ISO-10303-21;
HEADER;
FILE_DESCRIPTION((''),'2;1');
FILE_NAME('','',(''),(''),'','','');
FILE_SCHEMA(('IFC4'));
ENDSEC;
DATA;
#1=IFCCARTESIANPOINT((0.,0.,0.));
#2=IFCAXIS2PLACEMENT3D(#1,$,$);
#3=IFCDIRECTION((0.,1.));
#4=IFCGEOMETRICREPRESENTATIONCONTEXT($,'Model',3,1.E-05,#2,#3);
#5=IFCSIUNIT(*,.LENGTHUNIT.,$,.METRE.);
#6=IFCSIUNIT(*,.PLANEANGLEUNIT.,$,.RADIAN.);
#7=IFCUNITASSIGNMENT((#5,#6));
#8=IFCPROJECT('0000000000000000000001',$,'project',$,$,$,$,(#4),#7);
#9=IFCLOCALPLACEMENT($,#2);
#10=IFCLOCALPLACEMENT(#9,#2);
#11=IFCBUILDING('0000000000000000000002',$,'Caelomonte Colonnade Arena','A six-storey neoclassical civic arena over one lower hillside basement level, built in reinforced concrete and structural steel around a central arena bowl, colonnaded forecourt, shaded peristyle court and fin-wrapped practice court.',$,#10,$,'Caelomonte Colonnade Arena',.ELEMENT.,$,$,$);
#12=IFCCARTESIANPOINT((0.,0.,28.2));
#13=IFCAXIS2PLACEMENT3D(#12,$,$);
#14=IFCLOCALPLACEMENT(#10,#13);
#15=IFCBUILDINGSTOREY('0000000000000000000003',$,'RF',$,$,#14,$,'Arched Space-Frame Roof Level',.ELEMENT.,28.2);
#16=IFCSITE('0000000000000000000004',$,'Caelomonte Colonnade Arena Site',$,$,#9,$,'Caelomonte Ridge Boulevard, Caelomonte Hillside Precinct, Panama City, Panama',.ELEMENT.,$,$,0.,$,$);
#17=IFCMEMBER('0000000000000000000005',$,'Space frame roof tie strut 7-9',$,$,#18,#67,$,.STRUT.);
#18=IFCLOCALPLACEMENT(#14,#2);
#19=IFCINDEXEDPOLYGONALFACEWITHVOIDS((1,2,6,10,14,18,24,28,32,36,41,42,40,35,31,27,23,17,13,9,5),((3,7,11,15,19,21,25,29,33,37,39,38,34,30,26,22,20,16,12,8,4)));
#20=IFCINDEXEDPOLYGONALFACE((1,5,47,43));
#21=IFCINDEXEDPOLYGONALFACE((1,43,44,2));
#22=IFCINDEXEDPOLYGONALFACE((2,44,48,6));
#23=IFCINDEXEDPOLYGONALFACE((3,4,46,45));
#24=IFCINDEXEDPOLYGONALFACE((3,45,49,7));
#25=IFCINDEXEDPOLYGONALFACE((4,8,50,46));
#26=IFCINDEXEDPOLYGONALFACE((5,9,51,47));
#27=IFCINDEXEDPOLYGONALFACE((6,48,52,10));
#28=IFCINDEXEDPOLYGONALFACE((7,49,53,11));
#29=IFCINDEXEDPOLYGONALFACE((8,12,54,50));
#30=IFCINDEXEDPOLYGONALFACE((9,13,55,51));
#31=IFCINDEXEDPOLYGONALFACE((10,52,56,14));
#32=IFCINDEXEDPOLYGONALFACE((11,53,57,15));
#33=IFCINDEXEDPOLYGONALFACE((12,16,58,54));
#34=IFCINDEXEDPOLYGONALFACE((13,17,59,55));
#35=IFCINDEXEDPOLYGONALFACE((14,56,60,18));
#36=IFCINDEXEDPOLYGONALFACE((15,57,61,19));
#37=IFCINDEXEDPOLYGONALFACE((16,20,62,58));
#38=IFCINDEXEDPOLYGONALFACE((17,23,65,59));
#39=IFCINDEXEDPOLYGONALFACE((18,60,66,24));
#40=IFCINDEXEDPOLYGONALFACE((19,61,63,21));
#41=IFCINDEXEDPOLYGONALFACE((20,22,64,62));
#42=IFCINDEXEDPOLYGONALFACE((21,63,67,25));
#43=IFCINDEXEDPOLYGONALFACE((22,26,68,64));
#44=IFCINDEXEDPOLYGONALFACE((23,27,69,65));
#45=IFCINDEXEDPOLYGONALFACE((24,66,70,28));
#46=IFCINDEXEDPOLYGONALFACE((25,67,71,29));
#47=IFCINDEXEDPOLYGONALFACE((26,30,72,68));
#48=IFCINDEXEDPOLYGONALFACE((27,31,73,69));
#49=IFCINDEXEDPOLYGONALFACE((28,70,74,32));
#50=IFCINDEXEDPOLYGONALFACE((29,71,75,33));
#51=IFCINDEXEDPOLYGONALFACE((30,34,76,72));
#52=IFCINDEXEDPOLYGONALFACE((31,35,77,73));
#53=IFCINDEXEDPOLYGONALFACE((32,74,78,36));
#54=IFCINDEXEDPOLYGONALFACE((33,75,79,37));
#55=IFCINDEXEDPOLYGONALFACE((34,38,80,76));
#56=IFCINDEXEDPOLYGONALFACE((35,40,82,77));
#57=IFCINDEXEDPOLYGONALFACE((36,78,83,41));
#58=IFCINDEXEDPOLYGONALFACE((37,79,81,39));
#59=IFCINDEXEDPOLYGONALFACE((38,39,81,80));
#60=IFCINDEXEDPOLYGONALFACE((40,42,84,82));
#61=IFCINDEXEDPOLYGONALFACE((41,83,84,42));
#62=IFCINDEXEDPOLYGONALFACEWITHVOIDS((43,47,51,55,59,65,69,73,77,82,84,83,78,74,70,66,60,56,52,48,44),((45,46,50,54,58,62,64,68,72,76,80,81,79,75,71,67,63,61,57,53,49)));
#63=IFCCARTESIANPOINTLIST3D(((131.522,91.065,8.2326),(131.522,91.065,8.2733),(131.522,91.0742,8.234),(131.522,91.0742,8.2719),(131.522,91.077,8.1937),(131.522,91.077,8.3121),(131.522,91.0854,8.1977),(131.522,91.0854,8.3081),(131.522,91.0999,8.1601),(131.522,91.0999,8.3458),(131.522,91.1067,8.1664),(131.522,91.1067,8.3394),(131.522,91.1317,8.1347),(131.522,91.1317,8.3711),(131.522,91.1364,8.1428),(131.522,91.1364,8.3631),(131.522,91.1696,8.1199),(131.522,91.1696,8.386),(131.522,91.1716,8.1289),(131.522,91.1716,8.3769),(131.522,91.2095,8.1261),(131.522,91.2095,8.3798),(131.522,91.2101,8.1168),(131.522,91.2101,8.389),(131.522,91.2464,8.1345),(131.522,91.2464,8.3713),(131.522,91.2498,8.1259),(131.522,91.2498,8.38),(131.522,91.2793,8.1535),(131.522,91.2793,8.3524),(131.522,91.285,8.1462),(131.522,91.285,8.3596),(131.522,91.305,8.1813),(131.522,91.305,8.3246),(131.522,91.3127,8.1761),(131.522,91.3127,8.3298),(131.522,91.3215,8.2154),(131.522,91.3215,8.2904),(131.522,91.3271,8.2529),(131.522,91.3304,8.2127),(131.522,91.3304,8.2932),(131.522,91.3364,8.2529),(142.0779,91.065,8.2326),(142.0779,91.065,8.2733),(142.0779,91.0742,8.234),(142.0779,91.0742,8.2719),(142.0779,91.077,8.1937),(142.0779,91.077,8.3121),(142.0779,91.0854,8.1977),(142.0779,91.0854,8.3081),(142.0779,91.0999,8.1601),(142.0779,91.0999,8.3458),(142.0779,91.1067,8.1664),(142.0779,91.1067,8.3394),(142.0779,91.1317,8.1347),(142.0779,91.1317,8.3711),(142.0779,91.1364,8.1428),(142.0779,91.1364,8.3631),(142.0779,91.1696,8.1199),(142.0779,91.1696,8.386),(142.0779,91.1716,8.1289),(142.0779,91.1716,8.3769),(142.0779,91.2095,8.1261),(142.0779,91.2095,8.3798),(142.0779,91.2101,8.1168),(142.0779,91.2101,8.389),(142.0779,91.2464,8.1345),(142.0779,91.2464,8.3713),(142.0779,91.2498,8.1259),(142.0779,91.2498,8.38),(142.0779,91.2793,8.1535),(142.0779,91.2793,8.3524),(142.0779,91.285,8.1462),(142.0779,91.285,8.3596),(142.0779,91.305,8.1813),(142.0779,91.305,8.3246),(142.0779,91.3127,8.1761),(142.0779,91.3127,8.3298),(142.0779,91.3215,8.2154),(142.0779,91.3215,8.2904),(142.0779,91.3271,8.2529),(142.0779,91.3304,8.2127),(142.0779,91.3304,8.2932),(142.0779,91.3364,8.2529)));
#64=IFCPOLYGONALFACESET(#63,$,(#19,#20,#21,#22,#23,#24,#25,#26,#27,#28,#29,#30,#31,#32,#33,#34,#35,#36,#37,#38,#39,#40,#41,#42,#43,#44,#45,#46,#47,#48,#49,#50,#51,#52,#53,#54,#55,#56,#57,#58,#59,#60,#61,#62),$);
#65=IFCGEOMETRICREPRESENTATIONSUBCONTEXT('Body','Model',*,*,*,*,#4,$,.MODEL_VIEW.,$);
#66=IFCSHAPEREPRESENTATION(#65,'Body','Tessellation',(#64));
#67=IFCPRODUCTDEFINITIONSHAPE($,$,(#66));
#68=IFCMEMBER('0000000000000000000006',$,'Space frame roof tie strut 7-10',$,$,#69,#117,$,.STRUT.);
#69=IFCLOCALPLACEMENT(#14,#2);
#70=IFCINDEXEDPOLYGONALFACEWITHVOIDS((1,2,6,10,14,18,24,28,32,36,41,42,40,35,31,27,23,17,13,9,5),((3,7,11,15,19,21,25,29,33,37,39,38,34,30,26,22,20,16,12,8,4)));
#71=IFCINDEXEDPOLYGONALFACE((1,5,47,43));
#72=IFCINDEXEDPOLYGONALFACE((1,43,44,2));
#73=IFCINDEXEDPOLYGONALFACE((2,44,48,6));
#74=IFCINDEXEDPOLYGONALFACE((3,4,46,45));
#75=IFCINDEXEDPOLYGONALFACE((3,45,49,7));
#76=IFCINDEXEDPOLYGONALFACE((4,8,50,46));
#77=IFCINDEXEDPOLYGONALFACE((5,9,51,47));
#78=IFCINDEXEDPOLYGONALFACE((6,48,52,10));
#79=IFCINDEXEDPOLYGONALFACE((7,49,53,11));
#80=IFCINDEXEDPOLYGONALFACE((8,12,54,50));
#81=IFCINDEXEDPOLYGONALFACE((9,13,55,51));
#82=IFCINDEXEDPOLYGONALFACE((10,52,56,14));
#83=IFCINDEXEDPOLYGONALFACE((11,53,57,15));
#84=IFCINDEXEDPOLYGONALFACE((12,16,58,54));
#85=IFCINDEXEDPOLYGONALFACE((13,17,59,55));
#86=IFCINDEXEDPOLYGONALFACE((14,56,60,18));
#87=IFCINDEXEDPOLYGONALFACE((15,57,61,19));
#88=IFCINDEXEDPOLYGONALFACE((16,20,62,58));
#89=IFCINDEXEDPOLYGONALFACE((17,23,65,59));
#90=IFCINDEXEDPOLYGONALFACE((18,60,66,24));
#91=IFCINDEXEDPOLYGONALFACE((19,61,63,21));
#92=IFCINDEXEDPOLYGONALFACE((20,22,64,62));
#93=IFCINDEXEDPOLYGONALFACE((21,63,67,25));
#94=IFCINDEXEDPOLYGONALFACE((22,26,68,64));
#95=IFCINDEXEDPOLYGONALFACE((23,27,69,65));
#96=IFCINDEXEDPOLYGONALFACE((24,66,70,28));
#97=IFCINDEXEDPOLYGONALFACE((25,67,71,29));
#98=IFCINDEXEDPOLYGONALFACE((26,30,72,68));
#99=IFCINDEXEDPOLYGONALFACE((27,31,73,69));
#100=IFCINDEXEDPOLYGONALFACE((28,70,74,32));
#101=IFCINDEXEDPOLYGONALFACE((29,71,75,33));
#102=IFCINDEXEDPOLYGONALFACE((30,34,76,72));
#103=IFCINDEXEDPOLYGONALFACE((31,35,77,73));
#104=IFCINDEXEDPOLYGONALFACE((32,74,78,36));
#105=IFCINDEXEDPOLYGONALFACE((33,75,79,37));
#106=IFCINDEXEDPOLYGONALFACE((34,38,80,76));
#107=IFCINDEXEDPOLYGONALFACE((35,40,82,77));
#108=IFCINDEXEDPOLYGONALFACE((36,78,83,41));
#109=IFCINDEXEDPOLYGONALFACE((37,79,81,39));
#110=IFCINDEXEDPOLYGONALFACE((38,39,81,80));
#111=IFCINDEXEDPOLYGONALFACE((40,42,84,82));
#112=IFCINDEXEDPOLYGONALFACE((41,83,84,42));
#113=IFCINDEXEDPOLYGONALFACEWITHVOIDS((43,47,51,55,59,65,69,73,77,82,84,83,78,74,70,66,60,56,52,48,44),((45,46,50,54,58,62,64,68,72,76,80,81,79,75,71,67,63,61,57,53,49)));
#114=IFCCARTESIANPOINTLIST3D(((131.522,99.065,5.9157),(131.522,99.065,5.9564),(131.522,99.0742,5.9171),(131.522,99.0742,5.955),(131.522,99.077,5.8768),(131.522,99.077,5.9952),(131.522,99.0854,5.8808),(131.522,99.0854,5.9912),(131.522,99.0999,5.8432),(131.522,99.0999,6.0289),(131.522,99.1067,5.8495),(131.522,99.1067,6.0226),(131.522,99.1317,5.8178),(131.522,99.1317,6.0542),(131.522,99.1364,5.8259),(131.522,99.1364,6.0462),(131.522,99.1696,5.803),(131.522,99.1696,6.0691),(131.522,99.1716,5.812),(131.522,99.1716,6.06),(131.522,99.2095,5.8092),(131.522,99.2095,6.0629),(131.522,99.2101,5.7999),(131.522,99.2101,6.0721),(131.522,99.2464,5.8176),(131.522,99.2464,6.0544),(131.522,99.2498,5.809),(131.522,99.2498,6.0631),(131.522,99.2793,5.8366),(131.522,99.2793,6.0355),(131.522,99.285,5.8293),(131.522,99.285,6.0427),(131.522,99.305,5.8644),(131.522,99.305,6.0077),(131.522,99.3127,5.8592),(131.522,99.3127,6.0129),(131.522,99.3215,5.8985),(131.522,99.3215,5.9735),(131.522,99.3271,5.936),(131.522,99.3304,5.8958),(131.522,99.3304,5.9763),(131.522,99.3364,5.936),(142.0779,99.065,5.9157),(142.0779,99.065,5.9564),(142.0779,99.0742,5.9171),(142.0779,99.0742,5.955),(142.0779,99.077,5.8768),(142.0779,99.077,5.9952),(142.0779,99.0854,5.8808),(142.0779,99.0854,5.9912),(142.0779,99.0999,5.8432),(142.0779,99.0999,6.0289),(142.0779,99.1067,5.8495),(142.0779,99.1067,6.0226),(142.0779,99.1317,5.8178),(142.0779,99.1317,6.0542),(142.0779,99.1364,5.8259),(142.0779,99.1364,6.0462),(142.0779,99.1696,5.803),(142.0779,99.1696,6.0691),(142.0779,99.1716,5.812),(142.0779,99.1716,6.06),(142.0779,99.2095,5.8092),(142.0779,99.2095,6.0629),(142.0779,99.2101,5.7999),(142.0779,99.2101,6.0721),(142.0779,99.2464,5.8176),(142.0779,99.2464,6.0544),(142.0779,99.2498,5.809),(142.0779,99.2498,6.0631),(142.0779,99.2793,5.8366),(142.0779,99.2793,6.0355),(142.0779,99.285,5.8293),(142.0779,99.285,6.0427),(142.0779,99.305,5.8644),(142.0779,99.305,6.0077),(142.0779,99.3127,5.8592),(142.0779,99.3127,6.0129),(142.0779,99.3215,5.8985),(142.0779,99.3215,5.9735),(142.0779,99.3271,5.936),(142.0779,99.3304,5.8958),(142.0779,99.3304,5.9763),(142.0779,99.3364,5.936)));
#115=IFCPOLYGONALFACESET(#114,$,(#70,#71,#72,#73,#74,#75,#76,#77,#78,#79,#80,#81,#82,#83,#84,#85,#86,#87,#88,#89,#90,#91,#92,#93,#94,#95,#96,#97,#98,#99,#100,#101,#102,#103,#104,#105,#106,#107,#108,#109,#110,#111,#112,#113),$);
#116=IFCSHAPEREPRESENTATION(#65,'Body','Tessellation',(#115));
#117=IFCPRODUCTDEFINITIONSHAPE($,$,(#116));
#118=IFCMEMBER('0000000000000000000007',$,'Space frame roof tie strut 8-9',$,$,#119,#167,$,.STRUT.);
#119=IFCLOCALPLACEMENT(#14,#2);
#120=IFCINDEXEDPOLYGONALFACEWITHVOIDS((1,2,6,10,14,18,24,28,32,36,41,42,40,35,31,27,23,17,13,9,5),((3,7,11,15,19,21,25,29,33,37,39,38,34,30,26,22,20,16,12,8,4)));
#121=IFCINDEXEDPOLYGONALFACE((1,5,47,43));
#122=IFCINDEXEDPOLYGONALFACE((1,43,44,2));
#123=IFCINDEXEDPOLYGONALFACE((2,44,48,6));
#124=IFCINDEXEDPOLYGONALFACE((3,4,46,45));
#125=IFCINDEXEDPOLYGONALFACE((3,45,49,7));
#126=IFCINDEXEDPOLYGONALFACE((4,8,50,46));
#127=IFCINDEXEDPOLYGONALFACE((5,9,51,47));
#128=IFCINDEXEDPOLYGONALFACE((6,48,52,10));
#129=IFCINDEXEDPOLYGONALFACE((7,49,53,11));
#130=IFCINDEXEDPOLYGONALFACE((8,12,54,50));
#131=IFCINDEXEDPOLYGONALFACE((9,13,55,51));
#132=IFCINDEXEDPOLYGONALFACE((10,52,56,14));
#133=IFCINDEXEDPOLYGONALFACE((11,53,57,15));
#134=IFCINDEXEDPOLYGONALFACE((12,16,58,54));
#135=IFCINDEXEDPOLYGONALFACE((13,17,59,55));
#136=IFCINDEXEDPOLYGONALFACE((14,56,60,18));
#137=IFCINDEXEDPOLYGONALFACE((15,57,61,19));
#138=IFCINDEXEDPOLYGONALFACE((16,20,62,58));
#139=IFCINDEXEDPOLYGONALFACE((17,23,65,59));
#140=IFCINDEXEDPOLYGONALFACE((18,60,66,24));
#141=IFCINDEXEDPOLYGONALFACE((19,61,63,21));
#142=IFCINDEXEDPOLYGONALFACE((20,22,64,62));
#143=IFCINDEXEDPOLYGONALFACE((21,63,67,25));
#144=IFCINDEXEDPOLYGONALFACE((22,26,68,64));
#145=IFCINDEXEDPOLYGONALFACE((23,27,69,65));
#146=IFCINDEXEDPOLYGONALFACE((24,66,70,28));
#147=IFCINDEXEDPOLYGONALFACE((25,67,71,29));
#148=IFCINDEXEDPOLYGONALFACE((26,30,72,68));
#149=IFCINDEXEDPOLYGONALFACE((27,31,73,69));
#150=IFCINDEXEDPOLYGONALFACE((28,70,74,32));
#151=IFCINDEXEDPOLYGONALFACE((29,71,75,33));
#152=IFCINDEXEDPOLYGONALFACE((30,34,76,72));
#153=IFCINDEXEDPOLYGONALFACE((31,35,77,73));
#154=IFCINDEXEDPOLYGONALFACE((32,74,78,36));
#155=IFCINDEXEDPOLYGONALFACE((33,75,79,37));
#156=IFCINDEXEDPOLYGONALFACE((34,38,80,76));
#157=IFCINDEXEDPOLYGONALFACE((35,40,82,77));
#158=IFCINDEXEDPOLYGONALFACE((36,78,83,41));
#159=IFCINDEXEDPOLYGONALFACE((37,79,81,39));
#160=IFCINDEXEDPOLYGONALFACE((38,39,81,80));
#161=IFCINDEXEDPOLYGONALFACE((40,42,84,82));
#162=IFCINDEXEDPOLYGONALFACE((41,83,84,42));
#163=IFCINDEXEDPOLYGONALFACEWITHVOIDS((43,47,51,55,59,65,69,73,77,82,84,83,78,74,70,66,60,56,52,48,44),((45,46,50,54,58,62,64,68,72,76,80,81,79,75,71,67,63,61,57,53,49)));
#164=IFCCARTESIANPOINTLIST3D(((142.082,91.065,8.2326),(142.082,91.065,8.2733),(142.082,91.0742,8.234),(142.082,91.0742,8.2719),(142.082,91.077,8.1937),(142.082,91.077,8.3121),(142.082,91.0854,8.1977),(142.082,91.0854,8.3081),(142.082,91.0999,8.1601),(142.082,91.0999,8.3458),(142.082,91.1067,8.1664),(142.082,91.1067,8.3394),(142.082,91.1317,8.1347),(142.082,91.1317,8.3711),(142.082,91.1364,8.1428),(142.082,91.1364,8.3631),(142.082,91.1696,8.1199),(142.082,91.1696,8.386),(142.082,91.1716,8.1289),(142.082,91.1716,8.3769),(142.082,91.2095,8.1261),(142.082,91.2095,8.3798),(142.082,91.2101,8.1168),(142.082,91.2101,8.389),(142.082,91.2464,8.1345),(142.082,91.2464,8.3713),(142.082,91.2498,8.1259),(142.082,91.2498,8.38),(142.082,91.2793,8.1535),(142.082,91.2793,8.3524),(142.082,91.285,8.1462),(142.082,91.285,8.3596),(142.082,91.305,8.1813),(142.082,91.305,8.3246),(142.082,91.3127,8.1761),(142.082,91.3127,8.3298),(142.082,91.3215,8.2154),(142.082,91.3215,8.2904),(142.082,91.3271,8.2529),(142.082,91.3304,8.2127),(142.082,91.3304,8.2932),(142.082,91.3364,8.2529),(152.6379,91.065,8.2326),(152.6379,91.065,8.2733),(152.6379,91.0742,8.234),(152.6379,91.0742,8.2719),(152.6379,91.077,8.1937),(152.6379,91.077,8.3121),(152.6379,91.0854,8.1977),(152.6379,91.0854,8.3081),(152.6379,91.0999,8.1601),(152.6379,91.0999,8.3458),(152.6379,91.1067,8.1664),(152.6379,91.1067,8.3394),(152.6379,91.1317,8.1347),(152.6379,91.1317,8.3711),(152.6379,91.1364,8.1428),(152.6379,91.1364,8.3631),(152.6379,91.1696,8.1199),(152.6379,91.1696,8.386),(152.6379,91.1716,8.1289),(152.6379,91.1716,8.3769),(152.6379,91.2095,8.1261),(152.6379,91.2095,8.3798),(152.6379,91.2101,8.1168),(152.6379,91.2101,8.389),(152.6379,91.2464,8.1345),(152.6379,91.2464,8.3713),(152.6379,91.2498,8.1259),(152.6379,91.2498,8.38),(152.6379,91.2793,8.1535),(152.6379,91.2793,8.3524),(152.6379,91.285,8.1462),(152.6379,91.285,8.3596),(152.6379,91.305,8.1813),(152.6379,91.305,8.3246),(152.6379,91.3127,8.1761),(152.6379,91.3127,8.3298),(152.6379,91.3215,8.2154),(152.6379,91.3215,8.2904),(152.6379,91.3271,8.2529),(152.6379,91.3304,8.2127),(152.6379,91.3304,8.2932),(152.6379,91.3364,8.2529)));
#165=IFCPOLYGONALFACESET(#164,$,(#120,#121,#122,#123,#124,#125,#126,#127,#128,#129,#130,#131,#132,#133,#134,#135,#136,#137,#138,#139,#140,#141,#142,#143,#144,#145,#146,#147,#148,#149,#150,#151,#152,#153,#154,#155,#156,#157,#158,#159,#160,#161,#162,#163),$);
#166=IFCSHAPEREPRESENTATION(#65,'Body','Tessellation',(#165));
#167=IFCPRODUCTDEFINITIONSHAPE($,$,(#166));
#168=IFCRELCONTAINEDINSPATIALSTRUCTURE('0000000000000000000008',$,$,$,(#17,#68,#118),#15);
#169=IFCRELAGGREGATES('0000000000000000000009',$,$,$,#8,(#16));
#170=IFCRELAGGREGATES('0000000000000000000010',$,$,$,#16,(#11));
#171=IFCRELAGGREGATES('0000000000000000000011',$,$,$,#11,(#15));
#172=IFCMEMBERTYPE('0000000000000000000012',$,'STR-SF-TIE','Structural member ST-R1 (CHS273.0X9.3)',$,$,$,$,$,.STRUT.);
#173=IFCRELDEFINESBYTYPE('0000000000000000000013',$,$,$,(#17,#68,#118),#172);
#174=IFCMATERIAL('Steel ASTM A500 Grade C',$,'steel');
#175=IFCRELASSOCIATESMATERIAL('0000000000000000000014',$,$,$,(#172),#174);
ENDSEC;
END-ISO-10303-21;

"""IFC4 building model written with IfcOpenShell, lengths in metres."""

from ifc_helpers import new_model, si_unit, direction, frame, origin, origin_2d, place, context, subcontext, project, spatial, hollow_circle, extrude, material, material_profile, profile_set, type_object, element, save


model = new_model("IFC4")

# Units and contexts
model_context = context("Model", 3, precision=1e-05, world=origin(), true_north=direction((0.0, 1.0)))
body_context = subcontext(model_context, "Body", "Model", "MODEL_VIEW")
ifc_project = project(units=[si_unit("LENGTHUNIT", "METRE"), si_unit("PLANEANGLEUNIT", "RADIAN")], contexts=[model_context])

# Site, building, storey
site_placement = place(None, origin())
site = spatial("IfcSite", under=ifc_project, at=site_placement, Name="Caelomonte Colonnade Arena Site", LongName="Caelomonte Ridge Boulevard, Caelomonte Hillside Precinct, Panama City, Panama", CompositionType="ELEMENT", RefElevation=0.0)
building_placement = place(site_placement, origin())
building = spatial("IfcBuilding", under=site, at=building_placement, Name="Caelomonte Colonnade Arena", Description="A six-storey neoclassical civic arena over one lower hillside basement level, built in reinforced concrete and structural steel around a central arena bowl, colonnaded forecourt, shaded peristyle court and fin-wrapped practice court.", LongName="Caelomonte Colonnade Arena", CompositionType="ELEMENT")
storey_placement = place(building_placement, frame((0.0, 0.0, 28.2)))
storey = spatial("IfcBuildingStorey", under=building, at=storey_placement, Name="RF", LongName="Arched Space-Frame Roof Level", CompositionType="ELEMENT", Elevation=28.2)

# Members
ifc_material_1 = material(Name="Steel ASTM A500 Grade C", Category="steel")
ifc_material_profile_1 = material_profile(ifc_material_1, hollow_circle(Radius=0.1365, WallThickness=0.0093, at=origin_2d()), Name="CHS273.0X9.3")
ifc_profile_set_1 = profile_set([ifc_material_profile_1], Name="Steel ASTM A500 Grade C")
member_type_1 = type_object("IfcMemberType", Name="STR-SF-TIE", Description="Structural member ST-R1 (CHS273.0X9.3)", PredefinedType="STRUT", material=ifc_profile_set_1)
for number, where, z_axis, x_axis, name in (
    (1, (131.522, 91.2, 8.2529), (1.0, 0.0, 0.0), (0.0, 1.0, 0.0), "Space frame roof tie strut 7-9"),
    (2, (131.522, 99.2, 5.936), (1.0, 0.0, 0.0), (0.0, 1.0, 0.0), "Space frame roof tie strut 7-10"),
    (3, (142.082, 91.2, 8.2529), (1.0, 0.0, 0.0), (0.0, 1.0, 0.0), "Space frame roof tie strut 8-9"),
):
    element("IfcMember", number, at=place(storey_placement, frame(where, z_axis=z_axis, x_axis=x_axis)), inside=storey, type_object=member_type_1, Name=name, PredefinedType="STRUT", context=body_context, shape_type="SweptSolid", body=[
        extrude(hollow_circle(Radius=0.1365, WallThickness=0.0093, at=origin_2d()), origin(), (0.0, 0.0, 1.0), 10.5559),
    ])

save(model, "model.ifc")
